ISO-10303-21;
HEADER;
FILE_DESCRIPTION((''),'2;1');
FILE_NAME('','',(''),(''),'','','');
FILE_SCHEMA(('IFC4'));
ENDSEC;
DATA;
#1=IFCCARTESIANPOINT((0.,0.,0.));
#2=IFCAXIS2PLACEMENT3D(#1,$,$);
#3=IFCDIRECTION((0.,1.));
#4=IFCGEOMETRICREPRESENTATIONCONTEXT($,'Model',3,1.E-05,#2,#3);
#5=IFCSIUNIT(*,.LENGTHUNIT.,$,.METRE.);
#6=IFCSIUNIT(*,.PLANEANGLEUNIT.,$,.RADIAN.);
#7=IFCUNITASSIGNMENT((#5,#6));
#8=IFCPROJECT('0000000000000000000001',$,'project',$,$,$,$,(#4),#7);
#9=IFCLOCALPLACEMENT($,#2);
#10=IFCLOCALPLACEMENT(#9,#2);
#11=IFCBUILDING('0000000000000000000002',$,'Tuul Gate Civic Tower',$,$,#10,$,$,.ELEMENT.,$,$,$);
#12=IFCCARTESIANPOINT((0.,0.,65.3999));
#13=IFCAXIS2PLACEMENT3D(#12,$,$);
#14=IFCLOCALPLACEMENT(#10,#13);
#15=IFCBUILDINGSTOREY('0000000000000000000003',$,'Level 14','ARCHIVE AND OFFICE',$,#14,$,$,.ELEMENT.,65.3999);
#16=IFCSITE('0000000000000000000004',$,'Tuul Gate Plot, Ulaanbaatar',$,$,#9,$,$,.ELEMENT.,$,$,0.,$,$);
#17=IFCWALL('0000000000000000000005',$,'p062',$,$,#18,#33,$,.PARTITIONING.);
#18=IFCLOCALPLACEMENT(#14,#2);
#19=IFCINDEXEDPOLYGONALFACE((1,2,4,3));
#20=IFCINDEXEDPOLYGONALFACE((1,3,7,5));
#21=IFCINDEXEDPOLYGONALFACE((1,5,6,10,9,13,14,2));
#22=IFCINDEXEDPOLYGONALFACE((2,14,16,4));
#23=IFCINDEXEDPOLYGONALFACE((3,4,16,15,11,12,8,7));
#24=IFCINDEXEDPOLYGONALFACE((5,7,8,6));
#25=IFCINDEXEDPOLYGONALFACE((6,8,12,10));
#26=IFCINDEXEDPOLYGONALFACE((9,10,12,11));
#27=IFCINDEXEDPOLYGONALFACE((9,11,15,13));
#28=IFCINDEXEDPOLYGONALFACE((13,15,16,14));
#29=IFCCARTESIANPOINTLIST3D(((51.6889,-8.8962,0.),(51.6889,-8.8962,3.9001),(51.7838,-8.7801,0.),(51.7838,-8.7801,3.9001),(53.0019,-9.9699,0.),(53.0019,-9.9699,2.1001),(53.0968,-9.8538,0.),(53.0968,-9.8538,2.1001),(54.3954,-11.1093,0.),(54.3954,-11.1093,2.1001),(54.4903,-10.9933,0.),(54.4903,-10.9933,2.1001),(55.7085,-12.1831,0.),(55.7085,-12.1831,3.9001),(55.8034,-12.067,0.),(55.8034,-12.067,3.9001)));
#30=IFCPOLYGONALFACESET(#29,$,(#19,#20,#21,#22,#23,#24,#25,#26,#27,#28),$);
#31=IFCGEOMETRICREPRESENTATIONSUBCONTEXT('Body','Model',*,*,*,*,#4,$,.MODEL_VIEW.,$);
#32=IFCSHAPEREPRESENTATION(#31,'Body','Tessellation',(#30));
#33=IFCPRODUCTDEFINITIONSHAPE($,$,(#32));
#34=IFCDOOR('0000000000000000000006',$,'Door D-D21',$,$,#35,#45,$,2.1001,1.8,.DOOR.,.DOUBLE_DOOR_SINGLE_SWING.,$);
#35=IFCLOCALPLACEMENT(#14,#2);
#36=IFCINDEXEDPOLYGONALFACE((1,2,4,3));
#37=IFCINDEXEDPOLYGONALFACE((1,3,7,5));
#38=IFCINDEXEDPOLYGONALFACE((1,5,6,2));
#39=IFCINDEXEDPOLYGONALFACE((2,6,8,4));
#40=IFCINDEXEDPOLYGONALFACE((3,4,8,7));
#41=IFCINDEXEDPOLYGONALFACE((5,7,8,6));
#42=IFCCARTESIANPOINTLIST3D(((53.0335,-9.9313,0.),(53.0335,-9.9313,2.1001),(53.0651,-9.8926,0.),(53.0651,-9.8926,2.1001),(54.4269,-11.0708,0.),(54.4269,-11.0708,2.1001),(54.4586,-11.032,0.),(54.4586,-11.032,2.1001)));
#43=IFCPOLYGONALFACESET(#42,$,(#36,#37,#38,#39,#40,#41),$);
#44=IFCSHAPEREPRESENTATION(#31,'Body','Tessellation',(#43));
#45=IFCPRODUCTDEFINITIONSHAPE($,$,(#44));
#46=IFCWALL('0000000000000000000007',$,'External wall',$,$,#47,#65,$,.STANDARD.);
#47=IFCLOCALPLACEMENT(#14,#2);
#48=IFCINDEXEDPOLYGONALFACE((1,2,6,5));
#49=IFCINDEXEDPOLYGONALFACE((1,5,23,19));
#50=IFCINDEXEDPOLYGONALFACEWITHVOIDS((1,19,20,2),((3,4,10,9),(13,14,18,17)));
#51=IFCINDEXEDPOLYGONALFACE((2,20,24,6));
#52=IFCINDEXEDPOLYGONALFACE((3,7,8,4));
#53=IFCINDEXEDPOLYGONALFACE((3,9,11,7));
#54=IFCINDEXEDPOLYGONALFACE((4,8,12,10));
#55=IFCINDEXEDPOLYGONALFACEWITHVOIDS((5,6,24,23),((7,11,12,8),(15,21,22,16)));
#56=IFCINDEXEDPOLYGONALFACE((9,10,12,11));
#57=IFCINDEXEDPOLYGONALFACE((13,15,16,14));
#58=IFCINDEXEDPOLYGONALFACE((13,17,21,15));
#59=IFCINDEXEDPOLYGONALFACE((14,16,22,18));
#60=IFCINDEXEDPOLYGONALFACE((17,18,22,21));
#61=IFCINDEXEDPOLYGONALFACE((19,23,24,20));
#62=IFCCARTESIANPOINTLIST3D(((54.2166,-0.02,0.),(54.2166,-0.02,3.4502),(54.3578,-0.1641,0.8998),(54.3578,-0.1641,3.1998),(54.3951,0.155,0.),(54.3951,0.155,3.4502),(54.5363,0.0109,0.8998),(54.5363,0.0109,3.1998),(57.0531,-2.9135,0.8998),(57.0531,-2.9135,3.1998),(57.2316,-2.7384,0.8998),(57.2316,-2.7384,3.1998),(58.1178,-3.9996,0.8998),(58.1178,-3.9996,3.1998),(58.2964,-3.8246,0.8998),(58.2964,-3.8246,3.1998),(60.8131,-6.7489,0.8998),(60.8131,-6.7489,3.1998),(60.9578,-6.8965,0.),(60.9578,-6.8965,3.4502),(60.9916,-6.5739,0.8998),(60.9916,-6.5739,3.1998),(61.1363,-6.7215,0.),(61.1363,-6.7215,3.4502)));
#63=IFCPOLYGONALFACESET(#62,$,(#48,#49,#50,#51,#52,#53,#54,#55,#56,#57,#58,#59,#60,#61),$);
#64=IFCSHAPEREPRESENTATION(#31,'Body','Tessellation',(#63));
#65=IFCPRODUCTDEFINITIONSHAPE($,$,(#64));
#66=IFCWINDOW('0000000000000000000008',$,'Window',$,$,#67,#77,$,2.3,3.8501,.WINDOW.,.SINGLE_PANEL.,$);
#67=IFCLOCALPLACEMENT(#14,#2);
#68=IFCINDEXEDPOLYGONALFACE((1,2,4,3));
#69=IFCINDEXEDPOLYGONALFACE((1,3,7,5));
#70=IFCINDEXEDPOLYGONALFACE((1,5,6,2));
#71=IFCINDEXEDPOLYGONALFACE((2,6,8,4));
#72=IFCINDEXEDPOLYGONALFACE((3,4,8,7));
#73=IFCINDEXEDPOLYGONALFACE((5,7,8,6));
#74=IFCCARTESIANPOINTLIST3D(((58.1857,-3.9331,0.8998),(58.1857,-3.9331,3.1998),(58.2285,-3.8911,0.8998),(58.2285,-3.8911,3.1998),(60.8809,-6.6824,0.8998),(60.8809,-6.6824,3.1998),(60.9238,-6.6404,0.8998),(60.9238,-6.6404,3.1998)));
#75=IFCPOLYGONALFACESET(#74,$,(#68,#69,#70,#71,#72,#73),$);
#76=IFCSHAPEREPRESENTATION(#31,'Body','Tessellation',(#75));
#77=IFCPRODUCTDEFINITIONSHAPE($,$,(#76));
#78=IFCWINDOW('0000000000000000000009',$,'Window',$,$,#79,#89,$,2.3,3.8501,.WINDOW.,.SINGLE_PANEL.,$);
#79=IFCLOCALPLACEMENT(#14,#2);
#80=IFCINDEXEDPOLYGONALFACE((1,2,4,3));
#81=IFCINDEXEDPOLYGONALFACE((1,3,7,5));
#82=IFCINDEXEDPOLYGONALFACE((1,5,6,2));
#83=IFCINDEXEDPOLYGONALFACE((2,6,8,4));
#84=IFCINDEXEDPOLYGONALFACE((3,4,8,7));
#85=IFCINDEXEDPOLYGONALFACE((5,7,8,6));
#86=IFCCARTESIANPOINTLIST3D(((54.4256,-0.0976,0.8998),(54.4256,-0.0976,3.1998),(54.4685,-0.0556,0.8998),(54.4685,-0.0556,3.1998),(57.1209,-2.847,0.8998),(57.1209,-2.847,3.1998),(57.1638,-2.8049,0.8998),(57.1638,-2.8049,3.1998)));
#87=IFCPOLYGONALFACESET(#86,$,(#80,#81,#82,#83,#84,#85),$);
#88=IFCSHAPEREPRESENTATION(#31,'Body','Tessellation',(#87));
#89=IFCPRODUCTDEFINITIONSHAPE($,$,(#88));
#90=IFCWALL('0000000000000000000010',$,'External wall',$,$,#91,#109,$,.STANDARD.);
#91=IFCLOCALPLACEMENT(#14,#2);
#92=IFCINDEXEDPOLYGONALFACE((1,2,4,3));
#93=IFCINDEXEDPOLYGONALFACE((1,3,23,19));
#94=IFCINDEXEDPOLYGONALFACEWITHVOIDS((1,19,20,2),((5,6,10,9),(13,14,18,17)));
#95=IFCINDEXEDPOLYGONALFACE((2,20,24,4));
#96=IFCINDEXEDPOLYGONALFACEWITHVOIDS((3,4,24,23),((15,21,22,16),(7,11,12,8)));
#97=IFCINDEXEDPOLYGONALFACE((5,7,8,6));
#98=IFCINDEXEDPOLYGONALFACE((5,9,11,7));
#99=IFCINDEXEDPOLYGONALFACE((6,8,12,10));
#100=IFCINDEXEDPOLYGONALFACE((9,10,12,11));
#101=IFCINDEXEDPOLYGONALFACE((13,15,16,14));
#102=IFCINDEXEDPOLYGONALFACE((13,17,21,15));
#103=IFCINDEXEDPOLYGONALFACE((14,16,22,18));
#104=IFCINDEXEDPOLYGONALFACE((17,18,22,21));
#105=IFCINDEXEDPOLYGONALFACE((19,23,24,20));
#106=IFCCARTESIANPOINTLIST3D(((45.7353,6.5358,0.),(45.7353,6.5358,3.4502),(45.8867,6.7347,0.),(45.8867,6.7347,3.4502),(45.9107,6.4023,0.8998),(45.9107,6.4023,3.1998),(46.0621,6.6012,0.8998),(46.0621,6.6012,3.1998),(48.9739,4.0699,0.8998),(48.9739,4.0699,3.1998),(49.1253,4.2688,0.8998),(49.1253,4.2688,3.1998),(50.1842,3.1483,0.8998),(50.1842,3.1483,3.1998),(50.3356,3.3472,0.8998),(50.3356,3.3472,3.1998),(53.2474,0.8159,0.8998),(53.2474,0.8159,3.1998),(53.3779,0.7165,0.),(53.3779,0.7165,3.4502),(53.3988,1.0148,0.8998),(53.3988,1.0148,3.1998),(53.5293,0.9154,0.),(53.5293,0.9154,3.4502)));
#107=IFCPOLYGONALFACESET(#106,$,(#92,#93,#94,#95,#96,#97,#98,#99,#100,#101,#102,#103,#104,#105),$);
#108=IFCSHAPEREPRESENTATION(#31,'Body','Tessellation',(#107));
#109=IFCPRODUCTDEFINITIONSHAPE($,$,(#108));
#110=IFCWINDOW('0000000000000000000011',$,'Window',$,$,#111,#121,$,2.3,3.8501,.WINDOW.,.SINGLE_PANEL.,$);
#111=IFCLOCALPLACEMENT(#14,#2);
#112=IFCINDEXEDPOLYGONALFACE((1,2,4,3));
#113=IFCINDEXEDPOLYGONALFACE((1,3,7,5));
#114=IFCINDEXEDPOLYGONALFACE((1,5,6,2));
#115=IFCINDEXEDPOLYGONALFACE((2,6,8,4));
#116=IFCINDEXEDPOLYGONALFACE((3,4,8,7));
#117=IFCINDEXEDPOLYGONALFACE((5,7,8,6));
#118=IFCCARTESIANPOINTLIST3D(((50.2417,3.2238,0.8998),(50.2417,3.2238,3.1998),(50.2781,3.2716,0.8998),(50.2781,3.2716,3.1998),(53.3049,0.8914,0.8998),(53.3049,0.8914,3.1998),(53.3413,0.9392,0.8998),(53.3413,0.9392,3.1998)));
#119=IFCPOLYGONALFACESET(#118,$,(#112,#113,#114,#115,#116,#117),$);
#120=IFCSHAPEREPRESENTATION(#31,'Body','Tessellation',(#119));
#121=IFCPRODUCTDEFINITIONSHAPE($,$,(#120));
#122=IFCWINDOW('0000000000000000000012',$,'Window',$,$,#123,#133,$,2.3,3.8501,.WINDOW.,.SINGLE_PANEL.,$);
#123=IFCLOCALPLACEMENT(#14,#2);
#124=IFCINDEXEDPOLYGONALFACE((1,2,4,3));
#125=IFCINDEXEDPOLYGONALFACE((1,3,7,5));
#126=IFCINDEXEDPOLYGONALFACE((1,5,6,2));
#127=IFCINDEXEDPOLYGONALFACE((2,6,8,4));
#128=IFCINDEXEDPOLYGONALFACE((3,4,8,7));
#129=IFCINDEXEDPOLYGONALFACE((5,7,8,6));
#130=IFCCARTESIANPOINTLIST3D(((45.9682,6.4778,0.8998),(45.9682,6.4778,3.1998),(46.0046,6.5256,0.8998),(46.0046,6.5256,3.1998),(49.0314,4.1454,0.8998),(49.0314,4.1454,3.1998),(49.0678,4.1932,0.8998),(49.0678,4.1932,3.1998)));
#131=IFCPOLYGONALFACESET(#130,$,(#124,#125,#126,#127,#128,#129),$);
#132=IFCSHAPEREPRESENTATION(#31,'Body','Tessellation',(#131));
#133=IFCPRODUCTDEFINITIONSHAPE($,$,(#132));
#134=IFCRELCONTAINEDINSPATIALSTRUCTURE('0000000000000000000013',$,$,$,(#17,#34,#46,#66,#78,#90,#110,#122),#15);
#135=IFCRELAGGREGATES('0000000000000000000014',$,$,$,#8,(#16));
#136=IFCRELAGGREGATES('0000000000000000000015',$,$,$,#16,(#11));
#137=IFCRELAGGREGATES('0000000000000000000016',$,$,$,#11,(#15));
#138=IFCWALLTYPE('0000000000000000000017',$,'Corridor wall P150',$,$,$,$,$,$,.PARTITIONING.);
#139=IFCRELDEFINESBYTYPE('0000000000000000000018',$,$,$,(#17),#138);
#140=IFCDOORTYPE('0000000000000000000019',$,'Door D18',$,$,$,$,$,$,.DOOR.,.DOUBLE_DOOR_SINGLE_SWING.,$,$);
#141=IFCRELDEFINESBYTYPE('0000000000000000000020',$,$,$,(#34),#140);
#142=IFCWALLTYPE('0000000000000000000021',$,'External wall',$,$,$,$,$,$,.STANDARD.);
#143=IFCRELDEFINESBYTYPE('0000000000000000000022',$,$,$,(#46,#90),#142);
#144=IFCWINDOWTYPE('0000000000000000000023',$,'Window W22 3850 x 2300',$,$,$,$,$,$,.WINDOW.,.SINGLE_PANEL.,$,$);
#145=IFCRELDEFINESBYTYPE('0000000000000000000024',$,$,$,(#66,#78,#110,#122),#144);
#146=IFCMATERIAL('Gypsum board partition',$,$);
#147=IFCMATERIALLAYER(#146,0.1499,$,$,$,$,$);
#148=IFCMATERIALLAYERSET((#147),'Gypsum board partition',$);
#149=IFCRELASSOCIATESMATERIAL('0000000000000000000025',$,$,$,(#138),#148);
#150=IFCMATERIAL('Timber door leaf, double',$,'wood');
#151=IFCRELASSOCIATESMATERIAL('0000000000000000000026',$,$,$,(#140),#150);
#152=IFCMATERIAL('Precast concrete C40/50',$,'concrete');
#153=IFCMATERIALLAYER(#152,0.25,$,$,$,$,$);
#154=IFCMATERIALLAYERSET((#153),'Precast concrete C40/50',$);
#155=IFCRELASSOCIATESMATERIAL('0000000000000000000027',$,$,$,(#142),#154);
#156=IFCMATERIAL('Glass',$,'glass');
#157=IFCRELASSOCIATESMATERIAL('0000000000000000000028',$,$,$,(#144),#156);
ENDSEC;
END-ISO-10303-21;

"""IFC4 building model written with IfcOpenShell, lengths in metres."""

from ifc_helpers import new_model, si_unit, direction, frame, frame_2d, origin, place, context, subcontext, project, spatial, rectangle, extrude, material, layer, layer_set, type_object, element, fill, save


model = new_model("IFC4")

# Units and contexts
model_context = context("Model", 3, precision=1e-05, world=origin(), true_north=direction((0.0, 1.0)))
body_context = subcontext(model_context, "Body", "Model", "MODEL_VIEW")
ifc_project = project(units=[si_unit("LENGTHUNIT", "METRE"), si_unit("PLANEANGLEUNIT", "RADIAN")], contexts=[model_context])

# Site, building, storey
site_placement = place(None, origin())
site = spatial("IfcSite", under=ifc_project, at=site_placement, Name="Tuul Gate Plot, Ulaanbaatar", CompositionType="ELEMENT", RefElevation=0.0)
building_placement = place(site_placement, origin())
building = spatial("IfcBuilding", under=site, at=building_placement, Name="Tuul Gate Civic Tower", CompositionType="ELEMENT")
storey_placement = place(building_placement, frame((0.0, 0.0, 65.3999)))
storey = spatial("IfcBuildingStorey", under=building, at=storey_placement, Name="Level 14", Description="ARCHIVE AND OFFICE", CompositionType="ELEMENT", Elevation=65.3999)

# Shared definitions
ifc_material_1 = material(Name="Gypsum board partition")
ifc_layer_1 = layer(ifc_material_1, 0.1499)
ifc_layer_set_1 = layer_set([ifc_layer_1], Name="Gypsum board partition")
wall_type_1 = type_object("IfcWallType", Name="Corridor wall P150", PredefinedType="PARTITIONING", material=ifc_layer_set_1)

# Wall, opening, door
ifc_material_2 = material(Name="Timber door leaf, double", Category="wood")
door_type_1 = type_object("IfcDoorType", Name="Door D18", OperationType="DOUBLE_DOOR_SINGLE_SWING", PredefinedType="DOOR", material=ifc_material_2)
wall_1_placement = place(storey_placement, frame((51.7363, -8.8381, 0.0), z_axis=(0.0, 0.0, 1.0), x_axis=(0.774131, -0.633025, 0.0)))
wall_1 = element("IfcWall", 1, at=wall_1_placement, inside=storey, type_object=wall_type_1, Name="p062", PredefinedType="PARTITIONING", context=body_context, shape_type="SweptSolid", body=[
    extrude(rectangle(XDim=5.1924, YDim=0.1499, at=frame_2d((2.5962, 0.0))), origin(), (0.0, 0.0, 1.0), 3.9001),
])
opening_1_placement = place(wall_1_placement, frame((1.6963, 0.0, 0.0)))
opening_1 = element("IfcOpeningElement", 2, at=opening_1_placement, cuts=wall_1, PredefinedType="OPENING", context=body_context, shape_type="SweptSolid", body=[
    extrude(rectangle(XDim=1.8, YDim=2.1001, at=frame_2d((0.8999, 1.05))), frame((0.0, 0.085, 0.0), z_axis=(0.0, -1.0, 0.0), x_axis=(1.0, 0.0, 0.0)), (0.0, 0.0, 1.0), 0.1699),
])
door_1_placement = place(opening_1_placement, origin())
door_1 = element("IfcDoor", 3, at=door_1_placement, inside=storey, type_object=door_type_1, Name="Door D-D21", OperationType="DOUBLE_DOOR_SINGLE_SWING", OverallHeight=2.1001, OverallWidth=1.8, PredefinedType="DOOR", context=body_context, shape_type="SweptSolid", body=[
    extrude(rectangle(XDim=1.8, YDim=2.1001, at=frame_2d((0.8999, 1.05))), frame((0.0, 0.0249, 0.0), z_axis=(0.0, -1.0, 0.0), x_axis=(1.0, 0.0, 0.0)), (0.0, 0.0, 1.0), 0.05),
])
fill(opening_1, door_1)

# Walls, openings, windows
ifc_material_3 = material(Name="Precast concrete C40/50", Category="concrete")
ifc_layer_2 = layer(ifc_material_3, 0.25)
ifc_layer_set_2 = layer_set([ifc_layer_2], Name="Precast concrete C40/50")
wall_type_2 = type_object("IfcWallType", Name="External wall", PredefinedType="STANDARD", material=ifc_layer_set_2)
wall_2_placement = place(storey_placement, frame((61.0471, -6.8091, 0.0), z_axis=(0.0, 0.0, 1.0), x_axis=(-0.700049, 0.714095, 0.0)))
wall_2 = element("IfcWall", 4, at=wall_2_placement, inside=storey, type_object=wall_type_2, Name="External wall", PredefinedType="STANDARD", context=body_context, shape_type="SweptSolid", body=[
    extrude(rectangle(XDim=9.6296, YDim=0.25, at=frame_2d((4.8149, 0.0))), origin(), (0.0, 0.0, 1.0), 3.4502),
])
opening_2_placement = place(wall_2_placement, frame((0.2068, 0.0, 0.8999)))
opening_2 = element("IfcOpeningElement", 5, at=opening_2_placement, cuts=wall_2, PredefinedType="OPENING", context=body_context, shape_type="SweptSolid", body=[
    extrude(rectangle(XDim=3.8501, YDim=2.3, at=frame_2d((1.925, 1.1499))), frame((0.0, 0.135, 0.0), z_axis=(0.0, -1.0, 0.0), x_axis=(1.0, 0.0, 0.0)), (0.0, 0.0, 1.0), 0.27),
])
opening_3_placement = place(wall_2_placement, frame((5.5779, 0.0, 0.8999)))
opening_3 = element("IfcOpeningElement", 6, at=opening_3_placement, cuts=wall_2, PredefinedType="OPENING", context=body_context, shape_type="SweptSolid", body=[
    extrude(rectangle(XDim=3.8501, YDim=2.3, at=frame_2d((1.925, 1.1499))), frame((0.0, 0.135, 0.0), z_axis=(0.0, -1.0, 0.0), x_axis=(1.0, 0.0, 0.0)), (0.0, 0.0, 1.0), 0.27),
])
ifc_material_4 = material(Name="Glass", Category="glass")
window_type = type_object("IfcWindowType", Name="Window W22 3850 x 2300", PartitioningType="SINGLE_PANEL", PredefinedType="WINDOW", material=ifc_material_4)
window_1_placement = place(opening_2_placement, origin())
window_1 = element("IfcWindow", 7, at=window_1_placement, inside=storey, type_object=window_type, Name="Window", OverallHeight=2.3, OverallWidth=3.8501, PartitioningType="SINGLE_PANEL", PredefinedType="WINDOW", context=body_context, shape_type="SweptSolid", body=[
    extrude(rectangle(XDim=3.8501, YDim=2.3, at=frame_2d((1.925, 1.1499))), frame((0.0, 0.03, 0.0), z_axis=(0.0, -1.0, 0.0), x_axis=(1.0, 0.0, 0.0)), (0.0, 0.0, 1.0), 0.0601),
])
fill(opening_2, window_1)
window_2_placement = place(opening_3_placement, origin())
window_2 = element("IfcWindow", 8, at=window_2_placement, inside=storey, type_object=window_type, Name="Window", OverallHeight=2.3, OverallWidth=3.8501, PartitioningType="SINGLE_PANEL", PredefinedType="WINDOW", context=body_context, shape_type="SweptSolid", body=[
    extrude(rectangle(XDim=3.8501, YDim=2.3, at=frame_2d((1.925, 1.1499))), frame((0.0, 0.03, 0.0), z_axis=(0.0, -1.0, 0.0), x_axis=(1.0, 0.0, 0.0)), (0.0, 0.0, 1.0), 0.0601),
])
fill(opening_3, window_2)
wall_3_placement = place(storey_placement, frame((53.4536, 0.8159, 0.0), z_axis=(0.0, 0.0, 1.0), x_axis=(-0.795611, 0.605807, 0.0)))
wall_3 = element("IfcWall", 9, at=wall_3_placement, inside=storey, type_object=wall_type_2, Name="External wall", PredefinedType="STANDARD", context=body_context, shape_type="SweptSolid", body=[
    extrude(rectangle(XDim=9.606, YDim=0.25, at=frame_2d((4.803, 0.0))), origin(), (0.0, 0.0, 1.0), 3.4502),
])
opening_4_placement = place(wall_3_placement, frame((0.1641, 0.0, 0.8999)))
opening_4 = element("IfcOpeningElement", 10, at=opening_4_placement, cuts=wall_3, PredefinedType="OPENING", context=body_context, shape_type="SweptSolid", body=[
    extrude(rectangle(XDim=3.8501, YDim=2.3, at=frame_2d((1.925, 1.1499))), frame((0.0, 0.135, 0.0), z_axis=(0.0, -1.0, 0.0), x_axis=(1.0, 0.0, 0.0)), (0.0, 0.0, 1.0), 0.27),
])
opening_5_placement = place(wall_3_placement, frame((5.5354, 0.0, 0.8999)))
opening_5 = element("IfcOpeningElement", 11, at=opening_5_placement, cuts=wall_3, PredefinedType="OPENING", context=body_context, shape_type="SweptSolid", body=[
    extrude(rectangle(XDim=3.8501, YDim=2.3, at=frame_2d((1.925, 1.1499))), frame((0.0, 0.135, 0.0), z_axis=(0.0, -1.0, 0.0), x_axis=(1.0, 0.0, 0.0)), (0.0, 0.0, 1.0), 0.27),
])
window_3_placement = place(opening_4_placement, origin())
window_3 = element("IfcWindow", 12, at=window_3_placement, inside=storey, type_object=window_type, Name="Window", OverallHeight=2.3, OverallWidth=3.8501, PartitioningType="SINGLE_PANEL", PredefinedType="WINDOW", context=body_context, shape_type="SweptSolid", body=[
    extrude(rectangle(XDim=3.8501, YDim=2.3, at=frame_2d((1.925, 1.1499))), frame((0.0, 0.03, 0.0), z_axis=(0.0, -1.0, 0.0), x_axis=(1.0, 0.0, 0.0)), (0.0, 0.0, 1.0), 0.0601),
])
fill(opening_4, window_3)
window_4_placement = place(opening_5_placement, origin())
window_4 = element("IfcWindow", 13, at=window_4_placement, inside=storey, type_object=window_type, Name="Window", OverallHeight=2.3, OverallWidth=3.8501, PartitioningType="SINGLE_PANEL", PredefinedType="WINDOW", context=body_context, shape_type="SweptSolid", body=[
    extrude(rectangle(XDim=3.8501, YDim=2.3, at=frame_2d((1.925, 1.1499))), frame((0.0, 0.03, 0.0), z_axis=(0.0, -1.0, 0.0), x_axis=(1.0, 0.0, 0.0)), (0.0, 0.0, 1.0), 0.0601),
])
fill(opening_5, window_4)

save(model, "model.ifc")
